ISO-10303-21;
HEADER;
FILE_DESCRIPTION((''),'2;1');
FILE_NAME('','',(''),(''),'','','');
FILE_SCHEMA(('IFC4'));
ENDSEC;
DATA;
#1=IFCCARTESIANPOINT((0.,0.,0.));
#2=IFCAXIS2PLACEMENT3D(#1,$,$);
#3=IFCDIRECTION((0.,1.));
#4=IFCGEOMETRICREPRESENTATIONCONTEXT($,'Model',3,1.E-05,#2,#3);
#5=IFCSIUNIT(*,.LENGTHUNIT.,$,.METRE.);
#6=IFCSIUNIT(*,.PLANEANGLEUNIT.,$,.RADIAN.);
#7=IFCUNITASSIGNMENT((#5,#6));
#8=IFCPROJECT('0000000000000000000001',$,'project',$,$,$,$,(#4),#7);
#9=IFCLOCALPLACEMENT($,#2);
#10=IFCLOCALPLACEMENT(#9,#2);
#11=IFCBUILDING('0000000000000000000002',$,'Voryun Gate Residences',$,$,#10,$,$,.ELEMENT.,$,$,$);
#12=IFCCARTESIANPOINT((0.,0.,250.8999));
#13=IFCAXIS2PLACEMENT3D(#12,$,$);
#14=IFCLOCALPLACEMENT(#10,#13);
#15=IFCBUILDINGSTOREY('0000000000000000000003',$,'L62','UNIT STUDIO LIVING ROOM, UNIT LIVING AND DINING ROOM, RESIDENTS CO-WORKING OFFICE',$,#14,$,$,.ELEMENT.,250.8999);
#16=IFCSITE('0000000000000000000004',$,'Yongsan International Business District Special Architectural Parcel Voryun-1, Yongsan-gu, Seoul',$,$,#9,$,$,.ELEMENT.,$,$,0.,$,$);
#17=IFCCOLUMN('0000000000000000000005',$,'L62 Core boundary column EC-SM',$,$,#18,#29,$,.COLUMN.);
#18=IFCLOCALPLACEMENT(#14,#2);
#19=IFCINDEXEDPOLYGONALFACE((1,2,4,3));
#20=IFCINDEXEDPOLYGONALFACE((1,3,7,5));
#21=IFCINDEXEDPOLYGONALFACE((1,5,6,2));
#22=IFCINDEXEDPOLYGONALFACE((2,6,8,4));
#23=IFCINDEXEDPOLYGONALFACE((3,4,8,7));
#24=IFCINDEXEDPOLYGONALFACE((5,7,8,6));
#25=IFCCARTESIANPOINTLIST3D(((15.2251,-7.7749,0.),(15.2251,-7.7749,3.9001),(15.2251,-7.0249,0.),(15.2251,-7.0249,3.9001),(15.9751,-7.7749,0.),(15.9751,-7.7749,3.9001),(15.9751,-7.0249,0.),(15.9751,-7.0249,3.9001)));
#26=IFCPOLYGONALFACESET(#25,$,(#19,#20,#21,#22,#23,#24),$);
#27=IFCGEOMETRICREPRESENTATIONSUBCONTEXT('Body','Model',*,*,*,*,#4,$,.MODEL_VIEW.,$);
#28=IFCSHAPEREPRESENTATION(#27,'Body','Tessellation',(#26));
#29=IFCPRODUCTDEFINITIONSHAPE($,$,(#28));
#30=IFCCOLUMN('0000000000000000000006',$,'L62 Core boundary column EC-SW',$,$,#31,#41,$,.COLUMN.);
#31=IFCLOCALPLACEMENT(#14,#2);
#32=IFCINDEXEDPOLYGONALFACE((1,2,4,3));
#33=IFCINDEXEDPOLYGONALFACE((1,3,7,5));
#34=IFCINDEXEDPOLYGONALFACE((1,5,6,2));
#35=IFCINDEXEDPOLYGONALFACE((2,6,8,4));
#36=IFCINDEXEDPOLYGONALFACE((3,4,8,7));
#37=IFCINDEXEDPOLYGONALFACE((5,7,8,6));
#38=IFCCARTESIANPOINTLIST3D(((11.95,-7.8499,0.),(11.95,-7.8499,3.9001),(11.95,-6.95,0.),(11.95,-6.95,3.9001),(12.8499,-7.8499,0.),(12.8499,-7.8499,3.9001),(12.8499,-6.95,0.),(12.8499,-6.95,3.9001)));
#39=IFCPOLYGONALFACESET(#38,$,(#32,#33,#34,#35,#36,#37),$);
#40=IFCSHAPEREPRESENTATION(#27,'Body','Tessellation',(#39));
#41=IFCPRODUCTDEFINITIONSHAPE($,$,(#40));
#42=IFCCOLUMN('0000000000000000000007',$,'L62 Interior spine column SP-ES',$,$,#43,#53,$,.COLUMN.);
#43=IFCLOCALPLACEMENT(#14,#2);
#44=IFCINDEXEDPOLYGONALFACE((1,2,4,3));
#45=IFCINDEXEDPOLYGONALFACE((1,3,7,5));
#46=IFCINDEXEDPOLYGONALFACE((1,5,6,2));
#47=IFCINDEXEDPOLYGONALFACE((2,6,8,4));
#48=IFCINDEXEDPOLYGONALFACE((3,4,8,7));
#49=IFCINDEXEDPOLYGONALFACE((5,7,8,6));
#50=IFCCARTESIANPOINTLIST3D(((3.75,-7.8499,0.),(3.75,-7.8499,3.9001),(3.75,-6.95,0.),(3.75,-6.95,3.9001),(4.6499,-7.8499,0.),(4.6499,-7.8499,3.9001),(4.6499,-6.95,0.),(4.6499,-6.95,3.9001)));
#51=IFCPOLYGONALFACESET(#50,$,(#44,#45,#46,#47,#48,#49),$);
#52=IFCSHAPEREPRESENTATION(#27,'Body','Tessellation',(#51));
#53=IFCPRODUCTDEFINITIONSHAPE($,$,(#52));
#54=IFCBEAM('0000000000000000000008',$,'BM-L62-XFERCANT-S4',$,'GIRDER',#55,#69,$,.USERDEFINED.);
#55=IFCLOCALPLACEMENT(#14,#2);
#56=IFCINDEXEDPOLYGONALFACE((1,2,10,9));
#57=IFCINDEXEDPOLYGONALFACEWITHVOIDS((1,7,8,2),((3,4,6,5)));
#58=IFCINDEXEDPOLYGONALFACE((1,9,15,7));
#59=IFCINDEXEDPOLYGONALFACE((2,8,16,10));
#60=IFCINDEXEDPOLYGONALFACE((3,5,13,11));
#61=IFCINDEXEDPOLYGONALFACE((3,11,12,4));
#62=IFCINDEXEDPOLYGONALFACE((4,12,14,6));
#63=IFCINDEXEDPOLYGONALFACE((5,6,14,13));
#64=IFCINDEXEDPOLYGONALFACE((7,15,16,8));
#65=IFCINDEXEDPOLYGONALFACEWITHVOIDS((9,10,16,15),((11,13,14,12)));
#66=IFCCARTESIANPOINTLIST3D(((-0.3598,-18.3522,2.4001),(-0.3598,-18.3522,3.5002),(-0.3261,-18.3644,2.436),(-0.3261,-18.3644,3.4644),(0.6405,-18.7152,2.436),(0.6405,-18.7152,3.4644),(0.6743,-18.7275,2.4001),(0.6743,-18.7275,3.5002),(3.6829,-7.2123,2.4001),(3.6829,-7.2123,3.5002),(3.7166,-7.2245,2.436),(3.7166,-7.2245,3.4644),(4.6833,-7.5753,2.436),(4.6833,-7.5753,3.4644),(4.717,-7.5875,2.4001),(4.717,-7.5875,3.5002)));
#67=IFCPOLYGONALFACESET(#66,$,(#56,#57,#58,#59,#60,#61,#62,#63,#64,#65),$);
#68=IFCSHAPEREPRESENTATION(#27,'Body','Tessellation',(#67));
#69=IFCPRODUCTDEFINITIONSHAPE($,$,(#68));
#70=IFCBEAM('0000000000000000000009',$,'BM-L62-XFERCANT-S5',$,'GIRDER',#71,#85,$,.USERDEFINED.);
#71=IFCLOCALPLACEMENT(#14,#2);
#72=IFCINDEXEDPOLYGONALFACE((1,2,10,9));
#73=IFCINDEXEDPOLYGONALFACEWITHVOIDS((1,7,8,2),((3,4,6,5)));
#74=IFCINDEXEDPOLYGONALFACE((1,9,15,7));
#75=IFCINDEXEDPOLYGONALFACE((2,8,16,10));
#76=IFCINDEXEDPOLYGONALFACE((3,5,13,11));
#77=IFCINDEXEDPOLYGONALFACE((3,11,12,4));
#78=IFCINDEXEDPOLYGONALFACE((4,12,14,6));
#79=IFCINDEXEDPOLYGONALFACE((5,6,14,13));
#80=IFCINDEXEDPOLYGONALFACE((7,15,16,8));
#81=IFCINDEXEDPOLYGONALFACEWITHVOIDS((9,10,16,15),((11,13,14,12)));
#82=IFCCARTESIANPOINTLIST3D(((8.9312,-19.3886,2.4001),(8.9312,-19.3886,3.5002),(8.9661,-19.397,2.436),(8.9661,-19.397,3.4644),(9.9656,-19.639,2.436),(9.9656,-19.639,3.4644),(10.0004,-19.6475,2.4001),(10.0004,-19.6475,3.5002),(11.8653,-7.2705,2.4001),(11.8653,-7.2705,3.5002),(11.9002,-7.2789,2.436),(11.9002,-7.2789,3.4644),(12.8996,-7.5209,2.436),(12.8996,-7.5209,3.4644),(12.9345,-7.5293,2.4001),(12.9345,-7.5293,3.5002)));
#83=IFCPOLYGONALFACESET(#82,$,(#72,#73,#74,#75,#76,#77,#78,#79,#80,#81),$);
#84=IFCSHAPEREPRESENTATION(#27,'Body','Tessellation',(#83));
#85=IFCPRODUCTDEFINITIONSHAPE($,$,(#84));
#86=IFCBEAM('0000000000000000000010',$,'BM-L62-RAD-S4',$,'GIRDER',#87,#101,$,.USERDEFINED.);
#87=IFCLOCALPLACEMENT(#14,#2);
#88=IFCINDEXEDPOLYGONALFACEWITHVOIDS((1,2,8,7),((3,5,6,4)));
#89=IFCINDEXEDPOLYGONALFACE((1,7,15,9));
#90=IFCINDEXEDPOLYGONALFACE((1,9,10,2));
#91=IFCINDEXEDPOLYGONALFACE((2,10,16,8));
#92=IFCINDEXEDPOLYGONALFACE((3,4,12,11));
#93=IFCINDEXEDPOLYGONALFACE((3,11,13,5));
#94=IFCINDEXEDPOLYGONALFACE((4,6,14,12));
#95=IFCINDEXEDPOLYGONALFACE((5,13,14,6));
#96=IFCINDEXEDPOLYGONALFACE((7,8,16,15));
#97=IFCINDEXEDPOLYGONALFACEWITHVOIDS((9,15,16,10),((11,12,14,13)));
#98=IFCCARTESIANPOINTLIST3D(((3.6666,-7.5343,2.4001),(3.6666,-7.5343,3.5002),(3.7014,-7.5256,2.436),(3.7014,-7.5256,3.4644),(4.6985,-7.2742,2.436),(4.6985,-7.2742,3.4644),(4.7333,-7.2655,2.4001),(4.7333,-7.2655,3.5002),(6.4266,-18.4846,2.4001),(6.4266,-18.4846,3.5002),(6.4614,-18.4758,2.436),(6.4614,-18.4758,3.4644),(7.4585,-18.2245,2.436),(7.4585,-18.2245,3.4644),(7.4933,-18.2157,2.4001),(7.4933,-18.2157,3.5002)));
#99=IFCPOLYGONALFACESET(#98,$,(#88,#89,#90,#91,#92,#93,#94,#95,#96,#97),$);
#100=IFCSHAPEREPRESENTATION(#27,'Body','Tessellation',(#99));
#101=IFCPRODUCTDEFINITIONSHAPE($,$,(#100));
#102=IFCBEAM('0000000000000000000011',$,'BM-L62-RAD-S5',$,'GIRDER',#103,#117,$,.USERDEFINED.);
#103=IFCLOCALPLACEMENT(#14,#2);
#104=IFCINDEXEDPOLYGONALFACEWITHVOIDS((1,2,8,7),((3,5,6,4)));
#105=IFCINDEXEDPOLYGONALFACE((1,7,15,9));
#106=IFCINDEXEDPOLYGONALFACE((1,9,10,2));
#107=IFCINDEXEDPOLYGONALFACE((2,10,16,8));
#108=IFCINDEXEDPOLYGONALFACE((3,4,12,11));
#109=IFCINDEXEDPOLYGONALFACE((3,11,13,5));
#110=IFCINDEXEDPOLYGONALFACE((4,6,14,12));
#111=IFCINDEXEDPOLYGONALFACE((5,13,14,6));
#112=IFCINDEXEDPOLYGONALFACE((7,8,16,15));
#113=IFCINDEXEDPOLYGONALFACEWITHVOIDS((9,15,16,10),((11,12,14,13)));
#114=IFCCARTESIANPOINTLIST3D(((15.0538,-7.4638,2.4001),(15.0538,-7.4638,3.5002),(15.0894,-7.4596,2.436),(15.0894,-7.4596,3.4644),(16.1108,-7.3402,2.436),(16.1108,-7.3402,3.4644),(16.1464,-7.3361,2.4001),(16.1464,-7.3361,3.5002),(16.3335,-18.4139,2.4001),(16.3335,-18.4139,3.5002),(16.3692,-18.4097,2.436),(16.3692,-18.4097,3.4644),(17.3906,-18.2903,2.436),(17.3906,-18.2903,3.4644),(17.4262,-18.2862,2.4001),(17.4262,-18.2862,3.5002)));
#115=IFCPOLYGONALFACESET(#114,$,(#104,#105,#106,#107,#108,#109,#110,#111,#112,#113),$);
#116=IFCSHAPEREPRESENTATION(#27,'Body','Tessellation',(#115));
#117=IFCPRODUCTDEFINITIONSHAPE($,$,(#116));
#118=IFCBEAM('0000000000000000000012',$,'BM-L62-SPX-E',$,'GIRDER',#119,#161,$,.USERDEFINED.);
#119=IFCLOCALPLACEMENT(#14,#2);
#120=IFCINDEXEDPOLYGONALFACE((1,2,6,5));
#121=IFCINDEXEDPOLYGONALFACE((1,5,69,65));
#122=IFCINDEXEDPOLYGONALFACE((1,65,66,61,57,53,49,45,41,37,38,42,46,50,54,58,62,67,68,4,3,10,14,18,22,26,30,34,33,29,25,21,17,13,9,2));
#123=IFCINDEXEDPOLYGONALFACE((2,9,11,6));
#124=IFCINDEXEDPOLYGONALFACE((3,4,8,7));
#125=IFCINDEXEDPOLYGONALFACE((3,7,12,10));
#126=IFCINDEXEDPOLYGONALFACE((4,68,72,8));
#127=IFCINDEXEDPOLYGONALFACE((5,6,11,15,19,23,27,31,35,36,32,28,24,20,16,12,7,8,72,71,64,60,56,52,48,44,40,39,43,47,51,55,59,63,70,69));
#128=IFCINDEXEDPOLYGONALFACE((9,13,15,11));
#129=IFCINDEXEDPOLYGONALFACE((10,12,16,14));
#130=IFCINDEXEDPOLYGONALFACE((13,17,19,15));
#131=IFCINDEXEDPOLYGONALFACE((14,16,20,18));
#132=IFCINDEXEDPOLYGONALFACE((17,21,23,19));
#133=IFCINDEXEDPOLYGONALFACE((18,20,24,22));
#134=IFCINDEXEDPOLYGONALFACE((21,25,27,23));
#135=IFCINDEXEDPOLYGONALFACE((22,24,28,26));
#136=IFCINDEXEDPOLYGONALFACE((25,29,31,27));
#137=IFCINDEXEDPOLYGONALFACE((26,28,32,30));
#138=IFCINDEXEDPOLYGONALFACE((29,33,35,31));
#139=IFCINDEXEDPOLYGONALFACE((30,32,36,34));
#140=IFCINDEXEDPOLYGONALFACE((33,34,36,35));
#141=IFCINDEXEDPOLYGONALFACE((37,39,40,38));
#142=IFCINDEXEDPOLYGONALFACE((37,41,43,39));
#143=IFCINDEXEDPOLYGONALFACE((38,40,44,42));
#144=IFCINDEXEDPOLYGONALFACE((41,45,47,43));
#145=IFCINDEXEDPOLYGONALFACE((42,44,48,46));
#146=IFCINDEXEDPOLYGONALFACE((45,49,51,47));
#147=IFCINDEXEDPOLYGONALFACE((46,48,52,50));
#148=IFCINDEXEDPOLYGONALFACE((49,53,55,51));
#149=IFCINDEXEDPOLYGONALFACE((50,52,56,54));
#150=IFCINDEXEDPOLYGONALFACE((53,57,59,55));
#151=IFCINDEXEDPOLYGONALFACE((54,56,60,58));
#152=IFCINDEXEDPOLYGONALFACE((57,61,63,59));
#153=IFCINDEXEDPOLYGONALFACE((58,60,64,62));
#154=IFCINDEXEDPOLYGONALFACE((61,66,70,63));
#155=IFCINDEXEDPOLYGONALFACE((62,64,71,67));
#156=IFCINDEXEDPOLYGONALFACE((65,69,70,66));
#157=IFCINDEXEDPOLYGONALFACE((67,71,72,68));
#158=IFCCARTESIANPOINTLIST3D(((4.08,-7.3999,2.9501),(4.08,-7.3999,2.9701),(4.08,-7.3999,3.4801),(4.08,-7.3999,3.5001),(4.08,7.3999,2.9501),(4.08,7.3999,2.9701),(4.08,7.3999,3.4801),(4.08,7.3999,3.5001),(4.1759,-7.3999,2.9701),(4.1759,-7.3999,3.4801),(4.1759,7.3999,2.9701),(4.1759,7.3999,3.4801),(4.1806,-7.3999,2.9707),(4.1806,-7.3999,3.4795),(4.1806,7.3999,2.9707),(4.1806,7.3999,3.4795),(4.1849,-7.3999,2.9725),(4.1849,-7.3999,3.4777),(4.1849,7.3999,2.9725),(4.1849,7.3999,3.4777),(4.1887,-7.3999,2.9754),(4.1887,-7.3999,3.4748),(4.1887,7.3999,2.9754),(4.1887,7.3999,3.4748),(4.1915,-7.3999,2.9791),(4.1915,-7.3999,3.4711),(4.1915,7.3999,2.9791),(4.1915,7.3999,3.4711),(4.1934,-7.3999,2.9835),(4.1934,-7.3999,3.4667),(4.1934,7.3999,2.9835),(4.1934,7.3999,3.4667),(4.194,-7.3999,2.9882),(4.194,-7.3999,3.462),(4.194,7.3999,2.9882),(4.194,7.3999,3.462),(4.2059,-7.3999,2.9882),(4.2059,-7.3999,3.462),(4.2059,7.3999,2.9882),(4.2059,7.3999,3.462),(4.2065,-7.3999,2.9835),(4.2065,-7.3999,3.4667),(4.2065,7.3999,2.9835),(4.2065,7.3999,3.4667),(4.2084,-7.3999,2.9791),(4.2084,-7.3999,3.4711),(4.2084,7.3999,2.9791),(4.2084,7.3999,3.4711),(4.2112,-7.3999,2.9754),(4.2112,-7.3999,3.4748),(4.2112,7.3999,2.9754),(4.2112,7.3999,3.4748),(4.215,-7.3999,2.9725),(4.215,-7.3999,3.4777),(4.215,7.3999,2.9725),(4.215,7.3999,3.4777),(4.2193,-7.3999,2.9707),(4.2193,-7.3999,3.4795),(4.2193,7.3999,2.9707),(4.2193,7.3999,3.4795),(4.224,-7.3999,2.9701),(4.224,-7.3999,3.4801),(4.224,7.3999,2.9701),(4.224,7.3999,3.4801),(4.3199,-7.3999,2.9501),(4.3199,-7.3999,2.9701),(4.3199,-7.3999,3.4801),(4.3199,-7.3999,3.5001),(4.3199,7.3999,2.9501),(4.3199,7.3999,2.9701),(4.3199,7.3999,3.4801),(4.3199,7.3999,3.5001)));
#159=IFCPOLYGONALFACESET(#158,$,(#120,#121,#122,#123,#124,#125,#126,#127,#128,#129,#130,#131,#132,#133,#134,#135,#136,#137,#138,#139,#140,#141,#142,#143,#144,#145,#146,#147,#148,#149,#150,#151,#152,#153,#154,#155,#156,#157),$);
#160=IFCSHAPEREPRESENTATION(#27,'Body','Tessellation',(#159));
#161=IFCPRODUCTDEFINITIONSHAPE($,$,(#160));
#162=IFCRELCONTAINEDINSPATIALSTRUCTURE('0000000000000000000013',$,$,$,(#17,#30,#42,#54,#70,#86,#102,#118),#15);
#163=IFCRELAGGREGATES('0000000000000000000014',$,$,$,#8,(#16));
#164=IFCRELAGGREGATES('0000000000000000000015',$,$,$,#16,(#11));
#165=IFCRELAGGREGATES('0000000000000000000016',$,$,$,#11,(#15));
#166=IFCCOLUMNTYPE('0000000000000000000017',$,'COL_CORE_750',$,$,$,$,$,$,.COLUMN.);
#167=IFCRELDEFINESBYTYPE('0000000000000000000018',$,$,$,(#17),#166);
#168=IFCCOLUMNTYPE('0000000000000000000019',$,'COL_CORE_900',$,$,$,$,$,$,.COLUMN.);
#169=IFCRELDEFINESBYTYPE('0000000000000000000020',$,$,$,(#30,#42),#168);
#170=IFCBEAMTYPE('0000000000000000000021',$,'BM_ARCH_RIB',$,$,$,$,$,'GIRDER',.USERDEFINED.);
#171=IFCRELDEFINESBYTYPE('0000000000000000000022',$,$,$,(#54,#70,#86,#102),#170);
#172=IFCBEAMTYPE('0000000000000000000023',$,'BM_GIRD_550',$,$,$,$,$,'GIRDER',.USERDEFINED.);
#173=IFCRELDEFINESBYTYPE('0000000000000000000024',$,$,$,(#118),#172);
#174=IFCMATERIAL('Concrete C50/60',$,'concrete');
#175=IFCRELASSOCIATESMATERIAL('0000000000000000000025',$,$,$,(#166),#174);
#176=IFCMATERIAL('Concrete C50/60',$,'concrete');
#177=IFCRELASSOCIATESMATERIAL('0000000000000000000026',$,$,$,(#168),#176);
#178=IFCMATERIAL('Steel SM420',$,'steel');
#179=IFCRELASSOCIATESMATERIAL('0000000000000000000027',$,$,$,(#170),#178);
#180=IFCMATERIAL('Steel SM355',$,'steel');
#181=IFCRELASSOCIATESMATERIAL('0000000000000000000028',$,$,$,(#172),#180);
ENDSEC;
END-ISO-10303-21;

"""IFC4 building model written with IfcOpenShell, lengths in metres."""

from ifc_helpers import new_model, si_unit, direction, frame, origin, origin_2d, place, context, subcontext, project, spatial, rectangle, hollow_rectangle, i_section, extrude, material, material_profile, profile_set, type_object, element, save


model = new_model("IFC4")

# Units and contexts
model_context = context("Model", 3, precision=1e-05, world=origin(), true_north=direction((0.0, 1.0)))
body_context = subcontext(model_context, "Body", "Model", "MODEL_VIEW")
ifc_project = project(units=[si_unit("LENGTHUNIT", "METRE"), si_unit("PLANEANGLEUNIT", "RADIAN")], contexts=[model_context])

# Site, building, storey
site_placement = place(None, origin())
site = spatial("IfcSite", under=ifc_project, at=site_placement, Name="Yongsan International Business District Special Architectural Parcel Voryun-1, Yongsan-gu, Seoul", CompositionType="ELEMENT", RefElevation=0.0)
building_placement = place(site_placement, origin())
building = spatial("IfcBuilding", under=site, at=building_placement, Name="Voryun Gate Residences", CompositionType="ELEMENT")
storey_placement = place(building_placement, frame((0.0, 0.0, 250.8999)))
storey = spatial("IfcBuildingStorey", under=building, at=storey_placement, Name="L62", Description="UNIT STUDIO LIVING ROOM, UNIT LIVING AND DINING ROOM, RESIDENTS CO-WORKING OFFICE", CompositionType="ELEMENT", Elevation=250.8999)

# Columns
ifc_material_1 = material(Name="Concrete C50/60", Category="concrete")
ifc_material_profile_1 = material_profile(ifc_material_1, rectangle(XDim=0.75, YDim=0.75, at=origin_2d()), Name="RC-750x750")
ifc_profile_set_1 = profile_set([ifc_material_profile_1], Name="Concrete C50/60")
column_type_1 = type_object("IfcColumnType", Name="COL_CORE_750", PredefinedType="COLUMN", material=ifc_profile_set_1)
column_placement = place(storey_placement, frame((15.6001, -7.3999, 0.0), z_axis=(0.0, 0.0, 1.0), x_axis=(1.0, 0.0, 0.0)))
element("IfcColumn", 1, at=column_placement, inside=storey, type_object=column_type_1, Name="L62 Core boundary column EC-SM", PredefinedType="COLUMN", context=body_context, shape_type="SweptSolid", body=[
    extrude(rectangle(XDim=0.75, YDim=0.75, at=origin_2d()), origin(), (0.0, 0.0, 1.0), 3.9001),
])
ifc_material_2 = material(Name="Concrete C50/60", Category="concrete")
ifc_material_profile_2 = material_profile(ifc_material_2, rectangle(XDim=0.8999, YDim=0.8999, at=origin_2d()), Name="RC-900x900")
ifc_profile_set_2 = profile_set([ifc_material_profile_2], Name="Concrete C50/60")
column_type_2 = type_object("IfcColumnType", Name="COL_CORE_900", PredefinedType="COLUMN", material=ifc_profile_set_2)
for number, where, z_axis, x_axis, name in (
    (2, (12.3999, -7.3999, 0.0), (0.0, 0.0, 1.0), (1.0, 0.0, 0.0), "L62 Core boundary column EC-SW"),
    (3, (4.2, -7.3999, 0.0), (0.0, 0.0, 1.0), (1.0, 0.0, 0.0), "L62 Interior spine column SP-ES"),
):
    element("IfcColumn", number, at=place(storey_placement, frame(where, z_axis=z_axis, x_axis=x_axis)), inside=storey, type_object=column_type_2, Name=name, PredefinedType="COLUMN", context=body_context, shape_type="SweptSolid", body=[
        extrude(rectangle(XDim=0.8999, YDim=0.8999, at=origin_2d()), origin(), (0.0, 0.0, 1.0), 3.9001),
    ])

# Beams
ifc_material_3 = material(Name="Steel SM420", Category="steel")
ifc_material_profile_3 = material_profile(ifc_material_3, hollow_rectangle(XDim=1.1001, YDim=1.1001, WallThickness=0.0359, at=origin_2d()), Name="BOX-1100x1100x36")
ifc_profile_set_3 = profile_set([ifc_material_profile_3], Name="Steel SM420")
beam_type_1 = type_object("IfcBeamType", Name="BM_ARCH_RIB", ElementType="GIRDER", PredefinedType="USERDEFINED", material=ifc_profile_set_3)
beam_1_placement = place(storey_placement, frame((4.2, -7.3999, 2.9502), z_axis=(-0.341136, -0.940014, 0.0), x_axis=(0.940014, -0.341136, 0.0)))
element("IfcBeam", 4, at=beam_1_placement, inside=storey, type_object=beam_type_1, Name="BM-L62-XFERCANT-S4", ObjectType="GIRDER", PredefinedType="USERDEFINED", context=body_context, shape_type="SweptSolid", body=[
    extrude(hollow_rectangle(XDim=1.1001, YDim=1.1001, WallThickness=0.0359, at=origin_2d()), origin(), (0.0, 0.0, 1.0), 11.8508),
])
beam_2_placement = place(storey_placement, frame((12.3999, -7.3999, 2.9502), z_axis=(-0.235323, -0.971917, 0.0), x_axis=(0.971917, -0.235323, 0.0)))
element("IfcBeam", 5, at=beam_2_placement, inside=storey, type_object=beam_type_1, Name="BM-L62-XFERCANT-S5", ObjectType="GIRDER", PredefinedType="USERDEFINED", context=body_context, shape_type="SweptSolid", body=[
    extrude(hollow_rectangle(XDim=1.1001, YDim=1.1001, WallThickness=0.0359, at=origin_2d()), origin(), (0.0, 0.0, 1.0), 12.4683),
])
beam_3_placement = place(storey_placement, frame((4.2, -7.3999, 2.9502), z_axis=(0.244407, -0.969673, 0.0), x_axis=(0.969673, 0.244407, 0.0)))
element("IfcBeam", 6, at=beam_3_placement, inside=storey, type_object=beam_type_1, Name="BM-L62-RAD-S4", ObjectType="GIRDER", PredefinedType="USERDEFINED", context=body_context, shape_type="SweptSolid", body=[
    extrude(hollow_rectangle(XDim=1.1001, YDim=1.1001, WallThickness=0.0359, at=origin_2d()), origin(), (0.0, 0.0, 1.0), 11.2927),
])
beam_4_placement = place(storey_placement, frame((15.6001, -7.3999, 2.9502), z_axis=(0.116083, -0.993239, 0.0), x_axis=(0.993239, 0.116083, 0.0)))
element("IfcBeam", 7, at=beam_4_placement, inside=storey, type_object=beam_type_1, Name="BM-L62-RAD-S5", ObjectType="GIRDER", PredefinedType="USERDEFINED", context=body_context, shape_type="SweptSolid", body=[
    extrude(hollow_rectangle(XDim=1.1001, YDim=1.1001, WallThickness=0.0359, at=origin_2d()), origin(), (0.0, 0.0, 1.0), 11.0247),
])
ifc_material_4 = material(Name="Steel SM355", Category="steel")
ifc_material_profile_4 = material_profile(ifc_material_4, i_section(OverallWidth=0.24, OverallDepth=0.55, WebThickness=0.012, FlangeThickness=0.02, FilletRadius=0.0181, at=origin_2d()), Name="H-550x240x12x20")
ifc_profile_set_4 = profile_set([ifc_material_profile_4], Name="Steel SM355")
beam_type_2 = type_object("IfcBeamType", Name="BM_GIRD_550", ElementType="GIRDER", PredefinedType="USERDEFINED", material=ifc_profile_set_4)
beam_5_placement = place(storey_placement, frame((4.2, -7.3999, 3.2251), z_axis=(0.0, 1.0, 0.0), x_axis=(-1.0, 0.0, 0.0)))
element("IfcBeam", 8, at=beam_5_placement, inside=storey, type_object=beam_type_2, Name="BM-L62-SPX-E", ObjectType="GIRDER", PredefinedType="USERDEFINED", context=body_context, shape_type="SweptSolid", body=[
    extrude(i_section(OverallWidth=0.24, OverallDepth=0.55, WebThickness=0.012, FlangeThickness=0.02, FilletRadius=0.0181, at=origin_2d()), origin(), (0.0, 0.0, 1.0), 14.7998),
])

save(model, "model.ifc")
